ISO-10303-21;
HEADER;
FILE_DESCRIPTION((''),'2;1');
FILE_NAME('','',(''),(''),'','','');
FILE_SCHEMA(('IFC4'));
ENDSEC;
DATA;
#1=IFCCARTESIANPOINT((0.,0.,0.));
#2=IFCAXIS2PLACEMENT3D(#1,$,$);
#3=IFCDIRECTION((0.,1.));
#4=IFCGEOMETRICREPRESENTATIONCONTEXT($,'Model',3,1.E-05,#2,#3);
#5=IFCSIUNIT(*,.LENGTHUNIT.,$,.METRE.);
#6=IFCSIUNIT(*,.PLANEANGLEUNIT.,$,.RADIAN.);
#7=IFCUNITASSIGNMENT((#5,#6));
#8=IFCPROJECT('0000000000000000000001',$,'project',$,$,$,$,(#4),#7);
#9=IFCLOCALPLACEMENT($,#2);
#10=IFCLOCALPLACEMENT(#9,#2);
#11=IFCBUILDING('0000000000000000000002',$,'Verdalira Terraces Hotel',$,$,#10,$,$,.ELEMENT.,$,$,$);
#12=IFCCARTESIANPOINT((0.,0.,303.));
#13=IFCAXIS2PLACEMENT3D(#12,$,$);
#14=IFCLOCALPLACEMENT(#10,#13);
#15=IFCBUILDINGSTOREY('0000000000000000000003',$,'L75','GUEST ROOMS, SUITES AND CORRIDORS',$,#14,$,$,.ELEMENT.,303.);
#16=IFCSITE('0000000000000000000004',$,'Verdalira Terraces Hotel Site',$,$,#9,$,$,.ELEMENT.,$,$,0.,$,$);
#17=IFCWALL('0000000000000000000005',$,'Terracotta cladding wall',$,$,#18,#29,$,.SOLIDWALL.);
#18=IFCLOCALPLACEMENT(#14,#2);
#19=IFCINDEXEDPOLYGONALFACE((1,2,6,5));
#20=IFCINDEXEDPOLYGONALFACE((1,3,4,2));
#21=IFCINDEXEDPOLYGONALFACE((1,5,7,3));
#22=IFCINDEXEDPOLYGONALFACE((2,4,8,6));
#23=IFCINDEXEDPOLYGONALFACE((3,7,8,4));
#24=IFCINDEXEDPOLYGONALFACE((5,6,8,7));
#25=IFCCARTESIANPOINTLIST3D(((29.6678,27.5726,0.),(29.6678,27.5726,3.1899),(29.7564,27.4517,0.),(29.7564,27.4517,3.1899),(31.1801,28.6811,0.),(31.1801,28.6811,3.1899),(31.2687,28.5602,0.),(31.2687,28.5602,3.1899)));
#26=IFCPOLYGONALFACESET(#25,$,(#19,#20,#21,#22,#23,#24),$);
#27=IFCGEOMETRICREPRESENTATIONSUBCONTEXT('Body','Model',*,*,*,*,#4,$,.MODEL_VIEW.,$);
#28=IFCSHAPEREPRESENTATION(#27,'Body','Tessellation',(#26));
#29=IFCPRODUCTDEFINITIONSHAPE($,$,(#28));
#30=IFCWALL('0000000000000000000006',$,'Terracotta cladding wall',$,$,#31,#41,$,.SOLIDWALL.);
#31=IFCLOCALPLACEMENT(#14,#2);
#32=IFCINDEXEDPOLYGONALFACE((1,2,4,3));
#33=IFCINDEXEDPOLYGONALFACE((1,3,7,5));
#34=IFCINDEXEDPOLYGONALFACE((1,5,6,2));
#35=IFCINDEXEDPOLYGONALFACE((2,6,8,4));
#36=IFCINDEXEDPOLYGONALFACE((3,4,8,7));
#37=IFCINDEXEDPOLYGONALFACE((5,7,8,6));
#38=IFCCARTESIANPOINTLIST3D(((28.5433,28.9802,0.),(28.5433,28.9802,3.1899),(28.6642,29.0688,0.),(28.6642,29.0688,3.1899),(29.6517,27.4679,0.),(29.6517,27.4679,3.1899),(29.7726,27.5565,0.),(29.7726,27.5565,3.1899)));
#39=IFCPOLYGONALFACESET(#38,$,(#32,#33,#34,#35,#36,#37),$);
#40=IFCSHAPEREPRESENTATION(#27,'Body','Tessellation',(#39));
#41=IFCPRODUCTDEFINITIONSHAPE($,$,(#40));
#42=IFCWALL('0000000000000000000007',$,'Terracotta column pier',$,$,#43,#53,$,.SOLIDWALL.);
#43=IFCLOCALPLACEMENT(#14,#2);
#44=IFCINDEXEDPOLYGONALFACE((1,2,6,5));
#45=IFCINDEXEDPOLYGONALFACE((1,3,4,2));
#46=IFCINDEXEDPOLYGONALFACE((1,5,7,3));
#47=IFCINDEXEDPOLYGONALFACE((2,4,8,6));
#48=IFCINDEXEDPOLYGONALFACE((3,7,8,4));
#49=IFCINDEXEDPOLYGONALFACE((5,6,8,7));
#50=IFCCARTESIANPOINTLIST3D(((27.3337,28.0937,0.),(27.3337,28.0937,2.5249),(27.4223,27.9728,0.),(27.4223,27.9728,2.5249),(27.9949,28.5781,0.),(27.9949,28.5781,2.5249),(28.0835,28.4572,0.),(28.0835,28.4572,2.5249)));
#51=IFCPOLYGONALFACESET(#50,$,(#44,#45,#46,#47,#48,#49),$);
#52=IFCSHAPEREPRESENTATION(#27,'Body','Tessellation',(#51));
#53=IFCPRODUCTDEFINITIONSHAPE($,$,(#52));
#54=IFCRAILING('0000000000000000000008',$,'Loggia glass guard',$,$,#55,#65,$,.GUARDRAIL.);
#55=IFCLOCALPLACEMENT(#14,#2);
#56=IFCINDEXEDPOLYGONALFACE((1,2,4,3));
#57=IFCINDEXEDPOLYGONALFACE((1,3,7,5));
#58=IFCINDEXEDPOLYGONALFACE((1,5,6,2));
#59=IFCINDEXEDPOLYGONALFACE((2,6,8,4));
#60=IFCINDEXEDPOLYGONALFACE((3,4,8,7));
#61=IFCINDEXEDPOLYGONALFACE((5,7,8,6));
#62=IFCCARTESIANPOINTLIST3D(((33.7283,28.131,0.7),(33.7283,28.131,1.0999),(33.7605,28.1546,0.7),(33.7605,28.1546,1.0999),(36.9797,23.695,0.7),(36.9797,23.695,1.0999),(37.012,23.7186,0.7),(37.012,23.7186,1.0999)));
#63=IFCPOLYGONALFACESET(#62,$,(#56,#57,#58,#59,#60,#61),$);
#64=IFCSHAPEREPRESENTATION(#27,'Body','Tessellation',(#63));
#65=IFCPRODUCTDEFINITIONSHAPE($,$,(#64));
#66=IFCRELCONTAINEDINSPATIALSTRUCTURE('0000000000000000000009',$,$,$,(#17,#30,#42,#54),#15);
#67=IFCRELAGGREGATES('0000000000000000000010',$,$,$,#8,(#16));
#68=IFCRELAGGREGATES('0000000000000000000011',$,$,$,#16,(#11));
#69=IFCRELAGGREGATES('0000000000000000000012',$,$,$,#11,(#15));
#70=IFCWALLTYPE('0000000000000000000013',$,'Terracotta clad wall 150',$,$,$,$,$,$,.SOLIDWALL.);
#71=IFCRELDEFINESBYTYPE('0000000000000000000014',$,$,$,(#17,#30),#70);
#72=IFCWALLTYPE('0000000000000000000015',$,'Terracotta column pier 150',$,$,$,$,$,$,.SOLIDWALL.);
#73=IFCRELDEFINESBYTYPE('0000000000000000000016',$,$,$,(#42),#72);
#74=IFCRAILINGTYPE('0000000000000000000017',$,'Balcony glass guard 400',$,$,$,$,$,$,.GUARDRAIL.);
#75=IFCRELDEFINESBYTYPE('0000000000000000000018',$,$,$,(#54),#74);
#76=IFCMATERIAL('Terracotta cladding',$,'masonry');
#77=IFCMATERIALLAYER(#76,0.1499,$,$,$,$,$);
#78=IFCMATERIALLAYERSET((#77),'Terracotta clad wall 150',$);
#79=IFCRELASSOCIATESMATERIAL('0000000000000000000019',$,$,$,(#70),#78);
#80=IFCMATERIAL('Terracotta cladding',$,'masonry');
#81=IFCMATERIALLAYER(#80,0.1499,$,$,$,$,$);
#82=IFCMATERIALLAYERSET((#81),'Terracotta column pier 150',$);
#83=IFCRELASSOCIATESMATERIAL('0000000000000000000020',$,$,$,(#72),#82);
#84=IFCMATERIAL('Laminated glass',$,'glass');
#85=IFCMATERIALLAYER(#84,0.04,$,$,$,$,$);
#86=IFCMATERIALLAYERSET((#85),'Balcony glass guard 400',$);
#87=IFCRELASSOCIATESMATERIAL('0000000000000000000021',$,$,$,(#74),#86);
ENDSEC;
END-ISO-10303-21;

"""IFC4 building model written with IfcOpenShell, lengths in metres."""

from ifc_helpers import new_model, si_unit, direction, frame, frame_2d, origin, origin_2d, place, context, subcontext, project, spatial, rectangle, extrude, material, layer, layer_set, type_object, element, save


model = new_model("IFC4")

# Units and contexts
model_context = context("Model", 3, precision=1e-05, world=origin(), true_north=direction((0.0, 1.0)))
body_context = subcontext(model_context, "Body", "Model", "MODEL_VIEW")
ifc_project = project(units=[si_unit("LENGTHUNIT", "METRE"), si_unit("PLANEANGLEUNIT", "RADIAN")], contexts=[model_context])

# Site, building, storey
site_placement = place(None, origin())
site = spatial("IfcSite", under=ifc_project, at=site_placement, Name="Verdalira Terraces Hotel Site", CompositionType="ELEMENT", RefElevation=0.0)
building_placement = place(site_placement, origin())
building = spatial("IfcBuilding", under=site, at=building_placement, Name="Verdalira Terraces Hotel", CompositionType="ELEMENT")
storey_placement = place(building_placement, frame((0.0, 0.0, 303.0)))
storey = spatial("IfcBuildingStorey", under=building, at=storey_placement, Name="L75", Description="GUEST ROOMS, SUITES AND CORRIDORS", CompositionType="ELEMENT", Elevation=303.0)

# Walls
ifc_material_1 = material(Name="Terracotta cladding", Category="masonry")
ifc_layer_1 = layer(ifc_material_1, 0.1499)
ifc_layer_set_1 = layer_set([ifc_layer_1], Name="Terracotta clad wall 150")
wall_type_1 = type_object("IfcWallType", Name="Terracotta clad wall 150", PredefinedType="SOLIDWALL", material=ifc_layer_set_1)
for number, where, z_axis, x_axis, name in (
    (1, (31.2244, 28.6206, 0.0), (0.0, 0.0, 1.0), (-0.806546, -0.591172, 0.0), "Terracotta cladding wall"),
    (2, (29.7122, 27.5122, 0.0), (0.0, 0.0, 1.0), (-0.591172, 0.806546, 0.0), "Terracotta cladding wall"),
):
    element("IfcWall", number, at=place(storey_placement, frame(where, z_axis=z_axis, x_axis=x_axis)), inside=storey, type_object=wall_type_1, Name=name, PredefinedType="SOLIDWALL", context=body_context, shape_type="SweptSolid", body=[
        extrude(rectangle(XDim=1.875, YDim=0.1499, at=frame_2d((0.9375, 0.0))), origin(), (0.0, 0.0, 1.0), 3.1899),
    ])
ifc_material_2 = material(Name="Terracotta cladding", Category="masonry")
ifc_layer_2 = layer(ifc_material_2, 0.1499)
ifc_layer_set_2 = layer_set([ifc_layer_2], Name="Terracotta column pier 150")
wall_type_2 = type_object("IfcWallType", Name="Terracotta column pier 150", PredefinedType="SOLIDWALL", material=ifc_layer_set_2)
wall_1_placement = place(storey_placement, frame((28.0391, 28.5176, 0.0), z_axis=(0.0, 0.0, 1.0), x_axis=(-0.80667, -0.591002, 0.0)))
element("IfcWall", 3, at=wall_1_placement, inside=storey, type_object=wall_type_2, Name="Terracotta column pier", PredefinedType="SOLIDWALL", context=body_context, shape_type="SweptSolid", body=[
    extrude(rectangle(XDim=0.8196, YDim=0.1499, at=frame_2d((0.4097, 0.0))), origin(), (0.0, 0.0, 1.0), 2.5249),
])

# Railing
ifc_material_3 = material(Name="Laminated glass", Category="glass")
ifc_layer_3 = layer(ifc_material_3, 0.04)
ifc_layer_set_3 = layer_set([ifc_layer_3], Name="Balcony glass guard 400")
railing_type = type_object("IfcRailingType", Name="Balcony glass guard 400", PredefinedType="GUARDRAIL", material=ifc_layer_set_3)
railing_placement = place(storey_placement, frame((35.3701, 25.9248, 0.7), z_axis=(0.0, 0.0, 1.0), x_axis=(-0.591169, 0.806548, 0.0)))
element("IfcRailing", 4, at=railing_placement, inside=storey, type_object=railing_type, Name="Loggia glass guard", PredefinedType="GUARDRAIL", context=body_context, shape_type="SweptSolid", body=[
    extrude(rectangle(XDim=5.5, YDim=0.04, at=origin_2d()), origin(), (0.0, 0.0, 1.0), 0.3999),
])

save(model, "model.ifc")
